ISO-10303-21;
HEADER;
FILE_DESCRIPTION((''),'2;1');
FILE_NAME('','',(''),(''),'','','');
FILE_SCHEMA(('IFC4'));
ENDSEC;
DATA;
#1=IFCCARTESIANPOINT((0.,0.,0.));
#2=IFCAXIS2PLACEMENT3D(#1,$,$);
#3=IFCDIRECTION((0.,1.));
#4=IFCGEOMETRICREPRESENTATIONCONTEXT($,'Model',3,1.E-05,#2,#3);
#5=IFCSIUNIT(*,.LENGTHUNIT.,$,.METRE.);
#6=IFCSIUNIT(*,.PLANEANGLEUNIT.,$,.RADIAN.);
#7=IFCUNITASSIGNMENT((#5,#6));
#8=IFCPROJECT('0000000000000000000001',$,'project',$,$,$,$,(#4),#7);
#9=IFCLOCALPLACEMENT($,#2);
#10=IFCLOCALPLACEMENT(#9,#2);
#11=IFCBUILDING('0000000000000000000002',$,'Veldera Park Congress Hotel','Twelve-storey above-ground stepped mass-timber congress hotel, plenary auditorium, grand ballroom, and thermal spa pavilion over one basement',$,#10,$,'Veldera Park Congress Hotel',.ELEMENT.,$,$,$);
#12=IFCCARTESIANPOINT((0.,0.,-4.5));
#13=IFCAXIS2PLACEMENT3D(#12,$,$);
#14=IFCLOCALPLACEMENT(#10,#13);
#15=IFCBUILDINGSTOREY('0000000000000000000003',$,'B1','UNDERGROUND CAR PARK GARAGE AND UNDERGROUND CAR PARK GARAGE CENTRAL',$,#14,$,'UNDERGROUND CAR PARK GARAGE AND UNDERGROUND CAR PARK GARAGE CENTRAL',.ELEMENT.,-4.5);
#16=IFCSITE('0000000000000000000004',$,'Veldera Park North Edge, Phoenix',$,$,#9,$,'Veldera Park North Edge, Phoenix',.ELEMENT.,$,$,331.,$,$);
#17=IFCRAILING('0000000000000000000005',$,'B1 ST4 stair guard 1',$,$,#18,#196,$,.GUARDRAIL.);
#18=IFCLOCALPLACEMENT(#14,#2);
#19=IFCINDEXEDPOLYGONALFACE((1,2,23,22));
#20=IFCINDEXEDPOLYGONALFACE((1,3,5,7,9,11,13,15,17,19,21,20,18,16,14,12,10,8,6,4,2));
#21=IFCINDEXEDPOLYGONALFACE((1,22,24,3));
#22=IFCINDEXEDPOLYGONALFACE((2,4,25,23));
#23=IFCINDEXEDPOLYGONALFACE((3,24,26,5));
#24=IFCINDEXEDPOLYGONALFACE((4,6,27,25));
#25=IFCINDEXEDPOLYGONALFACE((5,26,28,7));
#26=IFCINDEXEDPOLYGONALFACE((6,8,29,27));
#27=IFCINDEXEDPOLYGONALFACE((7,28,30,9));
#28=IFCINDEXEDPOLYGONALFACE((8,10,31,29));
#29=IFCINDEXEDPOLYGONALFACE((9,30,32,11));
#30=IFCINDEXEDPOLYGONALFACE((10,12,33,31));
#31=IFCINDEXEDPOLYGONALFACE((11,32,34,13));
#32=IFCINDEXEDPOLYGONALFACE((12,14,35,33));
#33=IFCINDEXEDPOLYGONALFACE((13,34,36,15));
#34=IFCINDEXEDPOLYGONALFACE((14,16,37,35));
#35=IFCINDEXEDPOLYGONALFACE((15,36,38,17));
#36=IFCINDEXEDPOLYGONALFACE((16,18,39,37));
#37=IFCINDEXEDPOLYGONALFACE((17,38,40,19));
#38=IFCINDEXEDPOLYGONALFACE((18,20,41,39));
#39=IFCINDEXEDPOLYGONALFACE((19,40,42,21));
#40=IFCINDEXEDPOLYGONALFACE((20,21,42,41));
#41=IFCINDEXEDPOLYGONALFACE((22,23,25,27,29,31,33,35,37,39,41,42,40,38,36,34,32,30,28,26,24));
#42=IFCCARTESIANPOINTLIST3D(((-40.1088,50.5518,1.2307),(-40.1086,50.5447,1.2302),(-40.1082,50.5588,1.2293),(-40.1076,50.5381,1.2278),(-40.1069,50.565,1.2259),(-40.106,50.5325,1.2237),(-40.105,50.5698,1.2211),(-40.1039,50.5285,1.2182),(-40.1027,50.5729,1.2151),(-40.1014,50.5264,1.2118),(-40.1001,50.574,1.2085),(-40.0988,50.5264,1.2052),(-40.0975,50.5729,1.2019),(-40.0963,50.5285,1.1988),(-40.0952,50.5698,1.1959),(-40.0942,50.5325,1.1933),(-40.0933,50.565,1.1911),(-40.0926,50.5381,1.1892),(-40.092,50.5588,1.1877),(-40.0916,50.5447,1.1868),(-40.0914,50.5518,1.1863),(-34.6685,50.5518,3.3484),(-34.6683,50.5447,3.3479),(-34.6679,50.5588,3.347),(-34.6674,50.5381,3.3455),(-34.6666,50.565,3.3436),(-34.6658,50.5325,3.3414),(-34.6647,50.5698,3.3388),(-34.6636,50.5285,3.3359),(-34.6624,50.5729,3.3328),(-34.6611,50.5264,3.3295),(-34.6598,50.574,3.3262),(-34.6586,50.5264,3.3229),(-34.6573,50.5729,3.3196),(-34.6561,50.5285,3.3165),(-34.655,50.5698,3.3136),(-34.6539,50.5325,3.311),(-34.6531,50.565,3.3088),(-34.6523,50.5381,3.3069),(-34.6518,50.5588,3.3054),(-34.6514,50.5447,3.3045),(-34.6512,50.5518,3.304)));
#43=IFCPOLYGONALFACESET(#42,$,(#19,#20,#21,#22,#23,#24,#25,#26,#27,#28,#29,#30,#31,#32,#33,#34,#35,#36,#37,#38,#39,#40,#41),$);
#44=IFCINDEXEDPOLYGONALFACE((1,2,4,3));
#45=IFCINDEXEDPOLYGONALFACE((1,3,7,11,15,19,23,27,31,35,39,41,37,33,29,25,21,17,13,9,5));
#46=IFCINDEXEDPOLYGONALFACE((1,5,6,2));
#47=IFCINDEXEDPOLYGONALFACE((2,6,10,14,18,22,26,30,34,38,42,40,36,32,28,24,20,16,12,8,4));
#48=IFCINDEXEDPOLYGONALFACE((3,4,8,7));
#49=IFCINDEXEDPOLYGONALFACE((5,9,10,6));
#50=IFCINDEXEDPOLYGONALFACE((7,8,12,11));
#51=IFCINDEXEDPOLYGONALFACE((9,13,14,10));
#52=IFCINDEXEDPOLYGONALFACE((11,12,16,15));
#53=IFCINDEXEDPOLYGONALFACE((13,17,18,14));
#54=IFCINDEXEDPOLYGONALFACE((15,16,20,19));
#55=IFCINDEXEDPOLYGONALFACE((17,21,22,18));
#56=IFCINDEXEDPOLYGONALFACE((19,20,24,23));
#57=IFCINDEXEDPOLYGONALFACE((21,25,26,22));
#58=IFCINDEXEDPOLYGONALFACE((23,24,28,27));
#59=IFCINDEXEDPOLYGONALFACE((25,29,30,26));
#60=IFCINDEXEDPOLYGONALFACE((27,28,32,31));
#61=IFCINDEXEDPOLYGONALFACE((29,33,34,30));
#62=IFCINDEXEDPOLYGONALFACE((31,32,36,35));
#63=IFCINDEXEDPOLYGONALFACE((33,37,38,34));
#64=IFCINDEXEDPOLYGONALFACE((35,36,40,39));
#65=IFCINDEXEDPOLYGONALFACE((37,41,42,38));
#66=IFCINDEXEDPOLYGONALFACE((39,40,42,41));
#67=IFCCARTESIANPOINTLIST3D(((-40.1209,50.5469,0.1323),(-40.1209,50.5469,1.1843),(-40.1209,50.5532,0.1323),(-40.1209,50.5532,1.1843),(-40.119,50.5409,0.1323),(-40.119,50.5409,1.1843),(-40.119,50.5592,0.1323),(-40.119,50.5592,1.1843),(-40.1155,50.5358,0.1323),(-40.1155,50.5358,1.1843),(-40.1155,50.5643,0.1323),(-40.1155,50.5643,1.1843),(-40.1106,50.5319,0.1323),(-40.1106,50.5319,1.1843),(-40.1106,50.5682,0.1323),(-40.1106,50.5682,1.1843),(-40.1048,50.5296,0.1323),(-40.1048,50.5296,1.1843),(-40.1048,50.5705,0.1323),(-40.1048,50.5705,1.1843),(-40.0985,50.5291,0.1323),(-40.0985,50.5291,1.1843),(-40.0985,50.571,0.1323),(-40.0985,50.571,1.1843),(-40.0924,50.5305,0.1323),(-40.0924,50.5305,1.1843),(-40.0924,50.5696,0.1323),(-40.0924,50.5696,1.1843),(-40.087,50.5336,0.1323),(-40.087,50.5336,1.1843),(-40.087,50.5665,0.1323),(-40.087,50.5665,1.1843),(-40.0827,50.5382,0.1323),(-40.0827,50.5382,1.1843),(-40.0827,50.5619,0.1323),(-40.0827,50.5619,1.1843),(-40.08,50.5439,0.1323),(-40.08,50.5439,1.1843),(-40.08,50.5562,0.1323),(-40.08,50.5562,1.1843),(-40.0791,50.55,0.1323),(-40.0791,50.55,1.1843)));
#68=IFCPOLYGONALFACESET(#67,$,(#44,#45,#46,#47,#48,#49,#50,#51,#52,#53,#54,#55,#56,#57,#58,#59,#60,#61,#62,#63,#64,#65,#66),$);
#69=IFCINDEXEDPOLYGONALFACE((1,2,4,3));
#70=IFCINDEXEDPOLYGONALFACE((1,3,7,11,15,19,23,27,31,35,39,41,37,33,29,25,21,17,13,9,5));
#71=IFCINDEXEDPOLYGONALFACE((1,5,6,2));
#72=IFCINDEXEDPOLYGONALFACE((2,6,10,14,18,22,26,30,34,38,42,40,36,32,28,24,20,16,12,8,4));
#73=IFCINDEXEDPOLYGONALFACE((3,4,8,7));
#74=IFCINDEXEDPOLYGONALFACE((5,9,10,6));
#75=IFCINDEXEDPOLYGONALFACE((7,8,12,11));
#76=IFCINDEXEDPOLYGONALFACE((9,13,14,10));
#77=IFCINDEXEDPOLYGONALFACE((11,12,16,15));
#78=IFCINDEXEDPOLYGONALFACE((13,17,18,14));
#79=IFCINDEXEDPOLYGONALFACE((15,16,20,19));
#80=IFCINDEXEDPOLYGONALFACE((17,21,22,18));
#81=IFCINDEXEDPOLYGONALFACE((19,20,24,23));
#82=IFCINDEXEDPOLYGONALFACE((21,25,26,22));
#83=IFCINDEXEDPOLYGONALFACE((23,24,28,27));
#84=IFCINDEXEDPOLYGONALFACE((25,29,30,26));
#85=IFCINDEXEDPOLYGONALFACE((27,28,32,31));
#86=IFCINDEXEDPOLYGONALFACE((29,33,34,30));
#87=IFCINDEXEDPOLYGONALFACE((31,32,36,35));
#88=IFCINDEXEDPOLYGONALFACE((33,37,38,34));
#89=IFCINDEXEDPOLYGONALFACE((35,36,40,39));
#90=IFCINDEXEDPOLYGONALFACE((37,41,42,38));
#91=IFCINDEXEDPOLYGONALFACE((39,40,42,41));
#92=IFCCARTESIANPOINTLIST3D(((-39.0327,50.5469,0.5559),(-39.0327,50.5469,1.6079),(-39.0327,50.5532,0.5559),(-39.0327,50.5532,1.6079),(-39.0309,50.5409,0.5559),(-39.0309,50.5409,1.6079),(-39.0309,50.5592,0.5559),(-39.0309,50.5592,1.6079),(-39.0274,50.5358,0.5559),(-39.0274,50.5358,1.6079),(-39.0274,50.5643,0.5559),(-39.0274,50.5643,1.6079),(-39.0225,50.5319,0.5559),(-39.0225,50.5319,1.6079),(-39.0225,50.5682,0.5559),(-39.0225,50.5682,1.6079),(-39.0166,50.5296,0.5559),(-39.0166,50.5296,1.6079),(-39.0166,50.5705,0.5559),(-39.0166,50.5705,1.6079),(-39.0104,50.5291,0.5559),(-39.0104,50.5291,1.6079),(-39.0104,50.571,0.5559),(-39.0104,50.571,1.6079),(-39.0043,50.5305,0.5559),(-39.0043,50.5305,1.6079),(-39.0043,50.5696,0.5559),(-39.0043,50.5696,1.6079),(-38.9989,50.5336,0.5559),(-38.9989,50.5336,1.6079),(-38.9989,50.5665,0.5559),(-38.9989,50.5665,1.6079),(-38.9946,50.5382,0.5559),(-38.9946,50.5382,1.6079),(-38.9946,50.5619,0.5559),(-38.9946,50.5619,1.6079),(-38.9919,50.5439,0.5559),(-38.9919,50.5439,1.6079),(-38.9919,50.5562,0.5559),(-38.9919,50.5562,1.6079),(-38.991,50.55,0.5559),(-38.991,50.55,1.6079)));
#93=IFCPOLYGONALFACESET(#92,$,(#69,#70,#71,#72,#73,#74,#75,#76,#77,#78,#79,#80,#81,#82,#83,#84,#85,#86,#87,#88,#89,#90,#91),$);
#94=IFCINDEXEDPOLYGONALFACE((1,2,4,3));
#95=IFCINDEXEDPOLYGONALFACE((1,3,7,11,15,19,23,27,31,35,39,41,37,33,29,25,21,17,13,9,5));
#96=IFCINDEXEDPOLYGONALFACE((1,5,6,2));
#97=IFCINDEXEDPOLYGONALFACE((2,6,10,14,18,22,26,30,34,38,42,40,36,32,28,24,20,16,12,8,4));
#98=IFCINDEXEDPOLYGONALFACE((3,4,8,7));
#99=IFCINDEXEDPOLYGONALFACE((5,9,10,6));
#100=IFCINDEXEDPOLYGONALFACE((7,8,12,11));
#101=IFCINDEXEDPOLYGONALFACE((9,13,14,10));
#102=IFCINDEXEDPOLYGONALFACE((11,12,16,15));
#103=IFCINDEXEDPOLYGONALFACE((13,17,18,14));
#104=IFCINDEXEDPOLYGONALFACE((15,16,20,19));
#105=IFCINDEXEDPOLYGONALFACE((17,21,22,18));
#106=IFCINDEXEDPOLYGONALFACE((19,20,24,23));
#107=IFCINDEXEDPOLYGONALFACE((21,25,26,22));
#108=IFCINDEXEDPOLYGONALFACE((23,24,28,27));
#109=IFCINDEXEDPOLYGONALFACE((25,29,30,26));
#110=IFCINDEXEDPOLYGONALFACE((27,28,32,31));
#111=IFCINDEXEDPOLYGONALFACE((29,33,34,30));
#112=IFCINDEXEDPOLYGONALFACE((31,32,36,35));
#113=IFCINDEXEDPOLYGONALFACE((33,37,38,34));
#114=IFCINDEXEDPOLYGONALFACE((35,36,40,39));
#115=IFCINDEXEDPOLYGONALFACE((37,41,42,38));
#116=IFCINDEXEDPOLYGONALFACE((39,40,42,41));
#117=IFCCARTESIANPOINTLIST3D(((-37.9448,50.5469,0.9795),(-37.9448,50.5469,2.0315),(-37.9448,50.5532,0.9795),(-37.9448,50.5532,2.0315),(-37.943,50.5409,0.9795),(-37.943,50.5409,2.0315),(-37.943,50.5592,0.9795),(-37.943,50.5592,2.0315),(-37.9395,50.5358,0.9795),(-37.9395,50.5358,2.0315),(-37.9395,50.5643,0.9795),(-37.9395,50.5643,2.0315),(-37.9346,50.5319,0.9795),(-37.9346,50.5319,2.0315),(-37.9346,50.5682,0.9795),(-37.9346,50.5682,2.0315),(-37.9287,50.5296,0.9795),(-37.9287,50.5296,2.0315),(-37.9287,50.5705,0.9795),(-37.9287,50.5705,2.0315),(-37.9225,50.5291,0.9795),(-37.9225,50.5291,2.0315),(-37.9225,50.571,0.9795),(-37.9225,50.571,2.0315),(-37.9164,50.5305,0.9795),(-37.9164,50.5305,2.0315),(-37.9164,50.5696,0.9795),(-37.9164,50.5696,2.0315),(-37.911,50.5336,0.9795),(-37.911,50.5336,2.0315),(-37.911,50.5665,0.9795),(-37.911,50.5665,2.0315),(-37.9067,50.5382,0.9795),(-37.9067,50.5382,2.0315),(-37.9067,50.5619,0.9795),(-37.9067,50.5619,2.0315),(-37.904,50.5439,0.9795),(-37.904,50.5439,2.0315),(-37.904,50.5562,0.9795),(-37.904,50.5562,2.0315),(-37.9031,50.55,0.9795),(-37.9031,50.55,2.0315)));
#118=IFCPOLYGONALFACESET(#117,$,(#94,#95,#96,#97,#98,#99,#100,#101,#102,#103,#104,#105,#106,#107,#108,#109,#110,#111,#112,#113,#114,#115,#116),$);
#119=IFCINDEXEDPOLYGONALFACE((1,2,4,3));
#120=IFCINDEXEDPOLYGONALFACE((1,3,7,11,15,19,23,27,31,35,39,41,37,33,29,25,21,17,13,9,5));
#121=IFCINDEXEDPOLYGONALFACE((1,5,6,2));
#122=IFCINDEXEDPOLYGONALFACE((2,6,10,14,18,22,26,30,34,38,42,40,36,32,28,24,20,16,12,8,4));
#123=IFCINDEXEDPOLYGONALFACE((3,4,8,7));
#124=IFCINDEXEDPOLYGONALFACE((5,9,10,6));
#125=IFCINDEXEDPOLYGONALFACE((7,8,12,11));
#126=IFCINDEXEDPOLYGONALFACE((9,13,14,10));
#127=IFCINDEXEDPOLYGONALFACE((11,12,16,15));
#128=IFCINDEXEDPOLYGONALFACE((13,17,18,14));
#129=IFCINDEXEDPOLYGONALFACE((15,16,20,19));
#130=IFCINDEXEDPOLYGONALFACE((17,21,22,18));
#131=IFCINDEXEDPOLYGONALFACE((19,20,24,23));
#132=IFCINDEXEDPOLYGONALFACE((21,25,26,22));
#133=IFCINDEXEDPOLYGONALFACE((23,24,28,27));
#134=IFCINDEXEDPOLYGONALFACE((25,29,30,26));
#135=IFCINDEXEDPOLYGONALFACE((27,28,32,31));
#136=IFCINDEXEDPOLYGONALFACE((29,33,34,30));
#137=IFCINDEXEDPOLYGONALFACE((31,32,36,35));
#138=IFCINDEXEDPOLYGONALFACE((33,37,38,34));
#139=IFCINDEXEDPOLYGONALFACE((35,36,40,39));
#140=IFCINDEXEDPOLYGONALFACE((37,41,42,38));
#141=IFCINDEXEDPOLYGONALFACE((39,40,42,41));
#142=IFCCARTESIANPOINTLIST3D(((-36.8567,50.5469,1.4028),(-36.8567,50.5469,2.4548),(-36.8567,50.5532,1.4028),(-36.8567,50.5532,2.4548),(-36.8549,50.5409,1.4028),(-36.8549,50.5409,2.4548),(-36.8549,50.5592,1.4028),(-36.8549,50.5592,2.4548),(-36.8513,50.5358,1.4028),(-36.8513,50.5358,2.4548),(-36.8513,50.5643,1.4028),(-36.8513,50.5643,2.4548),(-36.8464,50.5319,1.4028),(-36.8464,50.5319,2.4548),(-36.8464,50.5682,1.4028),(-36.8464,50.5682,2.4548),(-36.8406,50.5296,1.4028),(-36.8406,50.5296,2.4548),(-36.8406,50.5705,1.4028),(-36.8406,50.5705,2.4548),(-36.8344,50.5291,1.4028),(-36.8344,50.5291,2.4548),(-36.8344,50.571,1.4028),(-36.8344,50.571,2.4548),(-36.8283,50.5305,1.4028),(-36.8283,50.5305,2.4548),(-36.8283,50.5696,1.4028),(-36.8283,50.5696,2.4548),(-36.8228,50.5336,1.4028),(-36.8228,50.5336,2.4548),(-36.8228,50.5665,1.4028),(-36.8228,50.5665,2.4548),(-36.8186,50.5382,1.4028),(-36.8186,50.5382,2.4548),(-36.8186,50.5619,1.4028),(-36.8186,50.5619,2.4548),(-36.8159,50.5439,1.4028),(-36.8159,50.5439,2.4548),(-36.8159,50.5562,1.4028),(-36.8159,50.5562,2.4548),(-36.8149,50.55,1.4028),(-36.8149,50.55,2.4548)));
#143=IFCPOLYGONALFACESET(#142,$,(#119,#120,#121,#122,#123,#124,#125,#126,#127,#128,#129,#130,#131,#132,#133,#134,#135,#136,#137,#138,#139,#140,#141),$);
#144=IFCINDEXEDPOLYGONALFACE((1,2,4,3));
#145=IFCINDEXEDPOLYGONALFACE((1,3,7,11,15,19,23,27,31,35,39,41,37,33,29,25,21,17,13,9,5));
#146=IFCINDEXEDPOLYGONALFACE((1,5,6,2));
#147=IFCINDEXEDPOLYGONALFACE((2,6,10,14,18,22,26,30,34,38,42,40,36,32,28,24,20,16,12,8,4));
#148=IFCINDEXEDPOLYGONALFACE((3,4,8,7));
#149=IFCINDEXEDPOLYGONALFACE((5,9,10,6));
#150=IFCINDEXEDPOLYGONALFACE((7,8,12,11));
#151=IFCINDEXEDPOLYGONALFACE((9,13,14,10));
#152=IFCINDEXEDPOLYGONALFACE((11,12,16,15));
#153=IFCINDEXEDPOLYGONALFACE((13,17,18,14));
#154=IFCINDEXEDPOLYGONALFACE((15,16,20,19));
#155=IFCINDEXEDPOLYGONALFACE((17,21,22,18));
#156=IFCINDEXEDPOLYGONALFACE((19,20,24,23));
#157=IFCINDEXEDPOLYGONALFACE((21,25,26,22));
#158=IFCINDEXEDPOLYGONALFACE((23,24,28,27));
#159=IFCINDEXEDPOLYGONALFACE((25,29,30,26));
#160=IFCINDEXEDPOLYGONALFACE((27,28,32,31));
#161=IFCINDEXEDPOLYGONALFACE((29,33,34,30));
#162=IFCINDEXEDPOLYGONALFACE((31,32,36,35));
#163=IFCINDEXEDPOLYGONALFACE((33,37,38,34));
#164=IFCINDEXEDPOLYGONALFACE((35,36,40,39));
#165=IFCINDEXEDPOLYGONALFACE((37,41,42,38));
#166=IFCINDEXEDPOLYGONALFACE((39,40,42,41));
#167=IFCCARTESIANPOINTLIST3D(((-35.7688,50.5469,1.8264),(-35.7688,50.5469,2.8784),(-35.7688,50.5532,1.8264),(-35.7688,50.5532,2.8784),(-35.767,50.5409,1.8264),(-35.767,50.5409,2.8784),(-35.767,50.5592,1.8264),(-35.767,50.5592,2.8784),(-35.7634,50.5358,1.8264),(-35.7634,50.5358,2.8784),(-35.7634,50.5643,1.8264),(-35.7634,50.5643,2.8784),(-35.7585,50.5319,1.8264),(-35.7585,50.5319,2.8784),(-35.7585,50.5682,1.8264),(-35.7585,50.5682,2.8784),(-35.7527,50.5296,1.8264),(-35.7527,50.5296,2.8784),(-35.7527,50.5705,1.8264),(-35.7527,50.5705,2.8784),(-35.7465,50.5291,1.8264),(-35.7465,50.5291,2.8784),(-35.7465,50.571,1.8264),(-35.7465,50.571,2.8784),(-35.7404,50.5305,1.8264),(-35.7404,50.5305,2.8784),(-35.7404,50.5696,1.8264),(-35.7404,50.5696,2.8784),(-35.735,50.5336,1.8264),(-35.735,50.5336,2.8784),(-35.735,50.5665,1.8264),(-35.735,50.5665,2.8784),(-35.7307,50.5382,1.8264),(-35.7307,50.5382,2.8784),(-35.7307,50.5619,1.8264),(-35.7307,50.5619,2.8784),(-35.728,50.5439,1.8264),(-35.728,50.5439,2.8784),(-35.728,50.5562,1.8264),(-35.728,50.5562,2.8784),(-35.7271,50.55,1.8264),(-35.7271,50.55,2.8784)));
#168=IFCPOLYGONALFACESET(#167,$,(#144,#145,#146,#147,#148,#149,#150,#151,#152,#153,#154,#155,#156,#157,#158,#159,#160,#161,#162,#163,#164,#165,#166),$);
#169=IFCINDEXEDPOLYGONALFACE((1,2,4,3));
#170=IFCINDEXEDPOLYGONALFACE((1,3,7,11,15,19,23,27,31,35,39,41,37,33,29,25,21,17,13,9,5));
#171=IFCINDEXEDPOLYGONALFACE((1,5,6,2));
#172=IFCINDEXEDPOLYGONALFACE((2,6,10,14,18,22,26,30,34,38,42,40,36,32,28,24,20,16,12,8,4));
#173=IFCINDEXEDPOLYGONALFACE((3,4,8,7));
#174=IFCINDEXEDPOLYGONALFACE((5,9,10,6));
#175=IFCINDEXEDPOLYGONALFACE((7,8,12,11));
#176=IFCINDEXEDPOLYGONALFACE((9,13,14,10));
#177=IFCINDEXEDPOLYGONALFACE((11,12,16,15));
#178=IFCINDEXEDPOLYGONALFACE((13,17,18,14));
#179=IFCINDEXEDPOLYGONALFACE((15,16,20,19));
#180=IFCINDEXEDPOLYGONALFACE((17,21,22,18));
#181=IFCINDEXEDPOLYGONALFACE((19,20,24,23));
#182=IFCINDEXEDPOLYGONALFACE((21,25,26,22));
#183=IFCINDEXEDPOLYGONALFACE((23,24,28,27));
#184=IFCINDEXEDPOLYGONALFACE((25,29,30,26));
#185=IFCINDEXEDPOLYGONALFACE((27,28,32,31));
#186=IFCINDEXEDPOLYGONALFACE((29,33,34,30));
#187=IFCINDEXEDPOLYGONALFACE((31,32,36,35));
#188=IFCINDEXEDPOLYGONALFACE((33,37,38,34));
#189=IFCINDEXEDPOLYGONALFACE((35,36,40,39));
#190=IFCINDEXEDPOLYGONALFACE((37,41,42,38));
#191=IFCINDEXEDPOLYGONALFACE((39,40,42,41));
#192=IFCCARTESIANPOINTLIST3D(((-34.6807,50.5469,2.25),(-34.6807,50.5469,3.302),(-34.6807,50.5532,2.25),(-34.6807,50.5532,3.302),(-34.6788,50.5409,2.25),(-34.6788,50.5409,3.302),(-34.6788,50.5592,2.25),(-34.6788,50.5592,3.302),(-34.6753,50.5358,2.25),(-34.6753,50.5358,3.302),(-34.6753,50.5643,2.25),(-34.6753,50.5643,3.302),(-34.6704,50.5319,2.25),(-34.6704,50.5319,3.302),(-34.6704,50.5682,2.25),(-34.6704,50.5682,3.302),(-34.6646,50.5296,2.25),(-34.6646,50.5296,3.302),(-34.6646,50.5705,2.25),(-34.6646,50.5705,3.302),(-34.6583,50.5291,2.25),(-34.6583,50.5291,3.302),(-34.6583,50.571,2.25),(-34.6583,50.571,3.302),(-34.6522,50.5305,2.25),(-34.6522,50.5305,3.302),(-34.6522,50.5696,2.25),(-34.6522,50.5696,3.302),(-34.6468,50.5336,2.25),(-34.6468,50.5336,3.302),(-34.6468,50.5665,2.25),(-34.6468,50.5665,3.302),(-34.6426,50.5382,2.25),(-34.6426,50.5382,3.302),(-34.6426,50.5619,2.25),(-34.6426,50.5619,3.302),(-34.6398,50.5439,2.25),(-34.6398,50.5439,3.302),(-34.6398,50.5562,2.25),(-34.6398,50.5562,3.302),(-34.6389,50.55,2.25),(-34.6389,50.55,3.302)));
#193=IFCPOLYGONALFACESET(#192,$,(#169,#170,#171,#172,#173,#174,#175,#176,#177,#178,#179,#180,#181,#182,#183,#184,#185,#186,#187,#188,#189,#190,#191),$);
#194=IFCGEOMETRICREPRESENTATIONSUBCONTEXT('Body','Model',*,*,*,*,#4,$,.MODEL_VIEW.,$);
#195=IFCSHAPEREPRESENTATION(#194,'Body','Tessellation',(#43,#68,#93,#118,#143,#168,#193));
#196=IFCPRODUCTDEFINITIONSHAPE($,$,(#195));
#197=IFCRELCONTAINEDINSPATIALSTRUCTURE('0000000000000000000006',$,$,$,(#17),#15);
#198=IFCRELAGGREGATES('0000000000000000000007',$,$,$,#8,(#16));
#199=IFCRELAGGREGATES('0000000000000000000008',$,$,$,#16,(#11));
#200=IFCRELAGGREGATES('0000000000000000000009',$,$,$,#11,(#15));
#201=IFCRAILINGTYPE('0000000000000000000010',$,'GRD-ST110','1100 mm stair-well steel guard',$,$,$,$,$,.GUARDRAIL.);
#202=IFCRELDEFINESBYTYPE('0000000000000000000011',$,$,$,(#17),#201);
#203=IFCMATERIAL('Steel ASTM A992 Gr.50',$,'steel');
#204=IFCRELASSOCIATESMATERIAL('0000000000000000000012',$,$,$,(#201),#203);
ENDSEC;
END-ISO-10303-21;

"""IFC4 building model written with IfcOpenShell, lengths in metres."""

from ifc_helpers import new_model, si_unit, direction, frame, origin, origin_2d, place, context, subcontext, project, spatial, circle, extrude, material, type_object, element, save


model = new_model("IFC4")

# Units and contexts
model_context = context("Model", 3, precision=1e-05, world=origin(), true_north=direction((0.0, 1.0)))
body_context = subcontext(model_context, "Body", "Model", "MODEL_VIEW")
ifc_project = project(units=[si_unit("LENGTHUNIT", "METRE"), si_unit("PLANEANGLEUNIT", "RADIAN")], contexts=[model_context])

# Site, building, storey
site_placement = place(None, origin())
site = spatial("IfcSite", under=ifc_project, at=site_placement, Name="Veldera Park North Edge, Phoenix", LongName="Veldera Park North Edge, Phoenix", CompositionType="ELEMENT", RefElevation=331.0)
building_placement = place(site_placement, origin())
building = spatial("IfcBuilding", under=site, at=building_placement, Name="Veldera Park Congress Hotel", Description="Twelve-storey above-ground stepped mass-timber congress hotel, plenary auditorium, grand ballroom, and thermal spa pavilion over one basement", LongName="Veldera Park Congress Hotel", CompositionType="ELEMENT")
storey_placement = place(building_placement, frame((0.0, 0.0, -4.5)))
storey = spatial("IfcBuildingStorey", under=building, at=storey_placement, Name="B1", Description="UNDERGROUND CAR PARK GARAGE AND UNDERGROUND CAR PARK GARAGE CENTRAL", LongName="UNDERGROUND CAR PARK GARAGE AND UNDERGROUND CAR PARK GARAGE CENTRAL", CompositionType="ELEMENT", Elevation=-4.5)

# Railing
ifc_material_1 = material(Name="Steel ASTM A992 Gr.50", Category="steel")
railing_type_1 = type_object("IfcRailingType", Name="GRD-ST110", Description="1100 mm stair-well steel guard", PredefinedType="GUARDRAIL", material=ifc_material_1)
railing_1_placement = place(storey_placement, frame((-40.1001, 50.55, 0.1323)))
element("IfcRailing", 1, at=railing_1_placement, inside=storey, type_object=railing_type_1, Name="B1 ST4 stair guard 1", PredefinedType="GUARDRAIL", context=body_context, shape_type="SweptSolid", body=[
    extrude(circle(Radius=0.0239, at=origin_2d()), frame((0.0, 0.0, 1.0762), z_axis=(0.931886, 0.0, 0.362751), x_axis=(0.0, 1.0, 0.0)), (0.0, 0.0, 1.0), 5.8379),
    extrude(circle(Radius=0.021, at=origin_2d()), origin(), (0.0, 0.0, 1.0), 1.052),
    extrude(circle(Radius=0.021, at=origin_2d()), frame((1.0881, 0.0, 0.4236)), (0.0, 0.0, 1.0), 1.052),
    extrude(circle(Radius=0.021, at=origin_2d()), frame((2.176, 0.0, 0.8472)), (0.0, 0.0, 1.0), 1.052),
    extrude(circle(Radius=0.021, at=origin_2d()), frame((3.2642, 0.0, 1.2705)), (0.0, 0.0, 1.0), 1.052),
    extrude(circle(Radius=0.021, at=origin_2d()), frame((4.3521, 0.0, 1.6941)), (0.0, 0.0, 1.0), 1.052),
    extrude(circle(Radius=0.021, at=origin_2d()), frame((5.4402, 0.0, 2.1177)), (0.0, 0.0, 1.0), 1.052),
])

save(model, "model.ifc")
